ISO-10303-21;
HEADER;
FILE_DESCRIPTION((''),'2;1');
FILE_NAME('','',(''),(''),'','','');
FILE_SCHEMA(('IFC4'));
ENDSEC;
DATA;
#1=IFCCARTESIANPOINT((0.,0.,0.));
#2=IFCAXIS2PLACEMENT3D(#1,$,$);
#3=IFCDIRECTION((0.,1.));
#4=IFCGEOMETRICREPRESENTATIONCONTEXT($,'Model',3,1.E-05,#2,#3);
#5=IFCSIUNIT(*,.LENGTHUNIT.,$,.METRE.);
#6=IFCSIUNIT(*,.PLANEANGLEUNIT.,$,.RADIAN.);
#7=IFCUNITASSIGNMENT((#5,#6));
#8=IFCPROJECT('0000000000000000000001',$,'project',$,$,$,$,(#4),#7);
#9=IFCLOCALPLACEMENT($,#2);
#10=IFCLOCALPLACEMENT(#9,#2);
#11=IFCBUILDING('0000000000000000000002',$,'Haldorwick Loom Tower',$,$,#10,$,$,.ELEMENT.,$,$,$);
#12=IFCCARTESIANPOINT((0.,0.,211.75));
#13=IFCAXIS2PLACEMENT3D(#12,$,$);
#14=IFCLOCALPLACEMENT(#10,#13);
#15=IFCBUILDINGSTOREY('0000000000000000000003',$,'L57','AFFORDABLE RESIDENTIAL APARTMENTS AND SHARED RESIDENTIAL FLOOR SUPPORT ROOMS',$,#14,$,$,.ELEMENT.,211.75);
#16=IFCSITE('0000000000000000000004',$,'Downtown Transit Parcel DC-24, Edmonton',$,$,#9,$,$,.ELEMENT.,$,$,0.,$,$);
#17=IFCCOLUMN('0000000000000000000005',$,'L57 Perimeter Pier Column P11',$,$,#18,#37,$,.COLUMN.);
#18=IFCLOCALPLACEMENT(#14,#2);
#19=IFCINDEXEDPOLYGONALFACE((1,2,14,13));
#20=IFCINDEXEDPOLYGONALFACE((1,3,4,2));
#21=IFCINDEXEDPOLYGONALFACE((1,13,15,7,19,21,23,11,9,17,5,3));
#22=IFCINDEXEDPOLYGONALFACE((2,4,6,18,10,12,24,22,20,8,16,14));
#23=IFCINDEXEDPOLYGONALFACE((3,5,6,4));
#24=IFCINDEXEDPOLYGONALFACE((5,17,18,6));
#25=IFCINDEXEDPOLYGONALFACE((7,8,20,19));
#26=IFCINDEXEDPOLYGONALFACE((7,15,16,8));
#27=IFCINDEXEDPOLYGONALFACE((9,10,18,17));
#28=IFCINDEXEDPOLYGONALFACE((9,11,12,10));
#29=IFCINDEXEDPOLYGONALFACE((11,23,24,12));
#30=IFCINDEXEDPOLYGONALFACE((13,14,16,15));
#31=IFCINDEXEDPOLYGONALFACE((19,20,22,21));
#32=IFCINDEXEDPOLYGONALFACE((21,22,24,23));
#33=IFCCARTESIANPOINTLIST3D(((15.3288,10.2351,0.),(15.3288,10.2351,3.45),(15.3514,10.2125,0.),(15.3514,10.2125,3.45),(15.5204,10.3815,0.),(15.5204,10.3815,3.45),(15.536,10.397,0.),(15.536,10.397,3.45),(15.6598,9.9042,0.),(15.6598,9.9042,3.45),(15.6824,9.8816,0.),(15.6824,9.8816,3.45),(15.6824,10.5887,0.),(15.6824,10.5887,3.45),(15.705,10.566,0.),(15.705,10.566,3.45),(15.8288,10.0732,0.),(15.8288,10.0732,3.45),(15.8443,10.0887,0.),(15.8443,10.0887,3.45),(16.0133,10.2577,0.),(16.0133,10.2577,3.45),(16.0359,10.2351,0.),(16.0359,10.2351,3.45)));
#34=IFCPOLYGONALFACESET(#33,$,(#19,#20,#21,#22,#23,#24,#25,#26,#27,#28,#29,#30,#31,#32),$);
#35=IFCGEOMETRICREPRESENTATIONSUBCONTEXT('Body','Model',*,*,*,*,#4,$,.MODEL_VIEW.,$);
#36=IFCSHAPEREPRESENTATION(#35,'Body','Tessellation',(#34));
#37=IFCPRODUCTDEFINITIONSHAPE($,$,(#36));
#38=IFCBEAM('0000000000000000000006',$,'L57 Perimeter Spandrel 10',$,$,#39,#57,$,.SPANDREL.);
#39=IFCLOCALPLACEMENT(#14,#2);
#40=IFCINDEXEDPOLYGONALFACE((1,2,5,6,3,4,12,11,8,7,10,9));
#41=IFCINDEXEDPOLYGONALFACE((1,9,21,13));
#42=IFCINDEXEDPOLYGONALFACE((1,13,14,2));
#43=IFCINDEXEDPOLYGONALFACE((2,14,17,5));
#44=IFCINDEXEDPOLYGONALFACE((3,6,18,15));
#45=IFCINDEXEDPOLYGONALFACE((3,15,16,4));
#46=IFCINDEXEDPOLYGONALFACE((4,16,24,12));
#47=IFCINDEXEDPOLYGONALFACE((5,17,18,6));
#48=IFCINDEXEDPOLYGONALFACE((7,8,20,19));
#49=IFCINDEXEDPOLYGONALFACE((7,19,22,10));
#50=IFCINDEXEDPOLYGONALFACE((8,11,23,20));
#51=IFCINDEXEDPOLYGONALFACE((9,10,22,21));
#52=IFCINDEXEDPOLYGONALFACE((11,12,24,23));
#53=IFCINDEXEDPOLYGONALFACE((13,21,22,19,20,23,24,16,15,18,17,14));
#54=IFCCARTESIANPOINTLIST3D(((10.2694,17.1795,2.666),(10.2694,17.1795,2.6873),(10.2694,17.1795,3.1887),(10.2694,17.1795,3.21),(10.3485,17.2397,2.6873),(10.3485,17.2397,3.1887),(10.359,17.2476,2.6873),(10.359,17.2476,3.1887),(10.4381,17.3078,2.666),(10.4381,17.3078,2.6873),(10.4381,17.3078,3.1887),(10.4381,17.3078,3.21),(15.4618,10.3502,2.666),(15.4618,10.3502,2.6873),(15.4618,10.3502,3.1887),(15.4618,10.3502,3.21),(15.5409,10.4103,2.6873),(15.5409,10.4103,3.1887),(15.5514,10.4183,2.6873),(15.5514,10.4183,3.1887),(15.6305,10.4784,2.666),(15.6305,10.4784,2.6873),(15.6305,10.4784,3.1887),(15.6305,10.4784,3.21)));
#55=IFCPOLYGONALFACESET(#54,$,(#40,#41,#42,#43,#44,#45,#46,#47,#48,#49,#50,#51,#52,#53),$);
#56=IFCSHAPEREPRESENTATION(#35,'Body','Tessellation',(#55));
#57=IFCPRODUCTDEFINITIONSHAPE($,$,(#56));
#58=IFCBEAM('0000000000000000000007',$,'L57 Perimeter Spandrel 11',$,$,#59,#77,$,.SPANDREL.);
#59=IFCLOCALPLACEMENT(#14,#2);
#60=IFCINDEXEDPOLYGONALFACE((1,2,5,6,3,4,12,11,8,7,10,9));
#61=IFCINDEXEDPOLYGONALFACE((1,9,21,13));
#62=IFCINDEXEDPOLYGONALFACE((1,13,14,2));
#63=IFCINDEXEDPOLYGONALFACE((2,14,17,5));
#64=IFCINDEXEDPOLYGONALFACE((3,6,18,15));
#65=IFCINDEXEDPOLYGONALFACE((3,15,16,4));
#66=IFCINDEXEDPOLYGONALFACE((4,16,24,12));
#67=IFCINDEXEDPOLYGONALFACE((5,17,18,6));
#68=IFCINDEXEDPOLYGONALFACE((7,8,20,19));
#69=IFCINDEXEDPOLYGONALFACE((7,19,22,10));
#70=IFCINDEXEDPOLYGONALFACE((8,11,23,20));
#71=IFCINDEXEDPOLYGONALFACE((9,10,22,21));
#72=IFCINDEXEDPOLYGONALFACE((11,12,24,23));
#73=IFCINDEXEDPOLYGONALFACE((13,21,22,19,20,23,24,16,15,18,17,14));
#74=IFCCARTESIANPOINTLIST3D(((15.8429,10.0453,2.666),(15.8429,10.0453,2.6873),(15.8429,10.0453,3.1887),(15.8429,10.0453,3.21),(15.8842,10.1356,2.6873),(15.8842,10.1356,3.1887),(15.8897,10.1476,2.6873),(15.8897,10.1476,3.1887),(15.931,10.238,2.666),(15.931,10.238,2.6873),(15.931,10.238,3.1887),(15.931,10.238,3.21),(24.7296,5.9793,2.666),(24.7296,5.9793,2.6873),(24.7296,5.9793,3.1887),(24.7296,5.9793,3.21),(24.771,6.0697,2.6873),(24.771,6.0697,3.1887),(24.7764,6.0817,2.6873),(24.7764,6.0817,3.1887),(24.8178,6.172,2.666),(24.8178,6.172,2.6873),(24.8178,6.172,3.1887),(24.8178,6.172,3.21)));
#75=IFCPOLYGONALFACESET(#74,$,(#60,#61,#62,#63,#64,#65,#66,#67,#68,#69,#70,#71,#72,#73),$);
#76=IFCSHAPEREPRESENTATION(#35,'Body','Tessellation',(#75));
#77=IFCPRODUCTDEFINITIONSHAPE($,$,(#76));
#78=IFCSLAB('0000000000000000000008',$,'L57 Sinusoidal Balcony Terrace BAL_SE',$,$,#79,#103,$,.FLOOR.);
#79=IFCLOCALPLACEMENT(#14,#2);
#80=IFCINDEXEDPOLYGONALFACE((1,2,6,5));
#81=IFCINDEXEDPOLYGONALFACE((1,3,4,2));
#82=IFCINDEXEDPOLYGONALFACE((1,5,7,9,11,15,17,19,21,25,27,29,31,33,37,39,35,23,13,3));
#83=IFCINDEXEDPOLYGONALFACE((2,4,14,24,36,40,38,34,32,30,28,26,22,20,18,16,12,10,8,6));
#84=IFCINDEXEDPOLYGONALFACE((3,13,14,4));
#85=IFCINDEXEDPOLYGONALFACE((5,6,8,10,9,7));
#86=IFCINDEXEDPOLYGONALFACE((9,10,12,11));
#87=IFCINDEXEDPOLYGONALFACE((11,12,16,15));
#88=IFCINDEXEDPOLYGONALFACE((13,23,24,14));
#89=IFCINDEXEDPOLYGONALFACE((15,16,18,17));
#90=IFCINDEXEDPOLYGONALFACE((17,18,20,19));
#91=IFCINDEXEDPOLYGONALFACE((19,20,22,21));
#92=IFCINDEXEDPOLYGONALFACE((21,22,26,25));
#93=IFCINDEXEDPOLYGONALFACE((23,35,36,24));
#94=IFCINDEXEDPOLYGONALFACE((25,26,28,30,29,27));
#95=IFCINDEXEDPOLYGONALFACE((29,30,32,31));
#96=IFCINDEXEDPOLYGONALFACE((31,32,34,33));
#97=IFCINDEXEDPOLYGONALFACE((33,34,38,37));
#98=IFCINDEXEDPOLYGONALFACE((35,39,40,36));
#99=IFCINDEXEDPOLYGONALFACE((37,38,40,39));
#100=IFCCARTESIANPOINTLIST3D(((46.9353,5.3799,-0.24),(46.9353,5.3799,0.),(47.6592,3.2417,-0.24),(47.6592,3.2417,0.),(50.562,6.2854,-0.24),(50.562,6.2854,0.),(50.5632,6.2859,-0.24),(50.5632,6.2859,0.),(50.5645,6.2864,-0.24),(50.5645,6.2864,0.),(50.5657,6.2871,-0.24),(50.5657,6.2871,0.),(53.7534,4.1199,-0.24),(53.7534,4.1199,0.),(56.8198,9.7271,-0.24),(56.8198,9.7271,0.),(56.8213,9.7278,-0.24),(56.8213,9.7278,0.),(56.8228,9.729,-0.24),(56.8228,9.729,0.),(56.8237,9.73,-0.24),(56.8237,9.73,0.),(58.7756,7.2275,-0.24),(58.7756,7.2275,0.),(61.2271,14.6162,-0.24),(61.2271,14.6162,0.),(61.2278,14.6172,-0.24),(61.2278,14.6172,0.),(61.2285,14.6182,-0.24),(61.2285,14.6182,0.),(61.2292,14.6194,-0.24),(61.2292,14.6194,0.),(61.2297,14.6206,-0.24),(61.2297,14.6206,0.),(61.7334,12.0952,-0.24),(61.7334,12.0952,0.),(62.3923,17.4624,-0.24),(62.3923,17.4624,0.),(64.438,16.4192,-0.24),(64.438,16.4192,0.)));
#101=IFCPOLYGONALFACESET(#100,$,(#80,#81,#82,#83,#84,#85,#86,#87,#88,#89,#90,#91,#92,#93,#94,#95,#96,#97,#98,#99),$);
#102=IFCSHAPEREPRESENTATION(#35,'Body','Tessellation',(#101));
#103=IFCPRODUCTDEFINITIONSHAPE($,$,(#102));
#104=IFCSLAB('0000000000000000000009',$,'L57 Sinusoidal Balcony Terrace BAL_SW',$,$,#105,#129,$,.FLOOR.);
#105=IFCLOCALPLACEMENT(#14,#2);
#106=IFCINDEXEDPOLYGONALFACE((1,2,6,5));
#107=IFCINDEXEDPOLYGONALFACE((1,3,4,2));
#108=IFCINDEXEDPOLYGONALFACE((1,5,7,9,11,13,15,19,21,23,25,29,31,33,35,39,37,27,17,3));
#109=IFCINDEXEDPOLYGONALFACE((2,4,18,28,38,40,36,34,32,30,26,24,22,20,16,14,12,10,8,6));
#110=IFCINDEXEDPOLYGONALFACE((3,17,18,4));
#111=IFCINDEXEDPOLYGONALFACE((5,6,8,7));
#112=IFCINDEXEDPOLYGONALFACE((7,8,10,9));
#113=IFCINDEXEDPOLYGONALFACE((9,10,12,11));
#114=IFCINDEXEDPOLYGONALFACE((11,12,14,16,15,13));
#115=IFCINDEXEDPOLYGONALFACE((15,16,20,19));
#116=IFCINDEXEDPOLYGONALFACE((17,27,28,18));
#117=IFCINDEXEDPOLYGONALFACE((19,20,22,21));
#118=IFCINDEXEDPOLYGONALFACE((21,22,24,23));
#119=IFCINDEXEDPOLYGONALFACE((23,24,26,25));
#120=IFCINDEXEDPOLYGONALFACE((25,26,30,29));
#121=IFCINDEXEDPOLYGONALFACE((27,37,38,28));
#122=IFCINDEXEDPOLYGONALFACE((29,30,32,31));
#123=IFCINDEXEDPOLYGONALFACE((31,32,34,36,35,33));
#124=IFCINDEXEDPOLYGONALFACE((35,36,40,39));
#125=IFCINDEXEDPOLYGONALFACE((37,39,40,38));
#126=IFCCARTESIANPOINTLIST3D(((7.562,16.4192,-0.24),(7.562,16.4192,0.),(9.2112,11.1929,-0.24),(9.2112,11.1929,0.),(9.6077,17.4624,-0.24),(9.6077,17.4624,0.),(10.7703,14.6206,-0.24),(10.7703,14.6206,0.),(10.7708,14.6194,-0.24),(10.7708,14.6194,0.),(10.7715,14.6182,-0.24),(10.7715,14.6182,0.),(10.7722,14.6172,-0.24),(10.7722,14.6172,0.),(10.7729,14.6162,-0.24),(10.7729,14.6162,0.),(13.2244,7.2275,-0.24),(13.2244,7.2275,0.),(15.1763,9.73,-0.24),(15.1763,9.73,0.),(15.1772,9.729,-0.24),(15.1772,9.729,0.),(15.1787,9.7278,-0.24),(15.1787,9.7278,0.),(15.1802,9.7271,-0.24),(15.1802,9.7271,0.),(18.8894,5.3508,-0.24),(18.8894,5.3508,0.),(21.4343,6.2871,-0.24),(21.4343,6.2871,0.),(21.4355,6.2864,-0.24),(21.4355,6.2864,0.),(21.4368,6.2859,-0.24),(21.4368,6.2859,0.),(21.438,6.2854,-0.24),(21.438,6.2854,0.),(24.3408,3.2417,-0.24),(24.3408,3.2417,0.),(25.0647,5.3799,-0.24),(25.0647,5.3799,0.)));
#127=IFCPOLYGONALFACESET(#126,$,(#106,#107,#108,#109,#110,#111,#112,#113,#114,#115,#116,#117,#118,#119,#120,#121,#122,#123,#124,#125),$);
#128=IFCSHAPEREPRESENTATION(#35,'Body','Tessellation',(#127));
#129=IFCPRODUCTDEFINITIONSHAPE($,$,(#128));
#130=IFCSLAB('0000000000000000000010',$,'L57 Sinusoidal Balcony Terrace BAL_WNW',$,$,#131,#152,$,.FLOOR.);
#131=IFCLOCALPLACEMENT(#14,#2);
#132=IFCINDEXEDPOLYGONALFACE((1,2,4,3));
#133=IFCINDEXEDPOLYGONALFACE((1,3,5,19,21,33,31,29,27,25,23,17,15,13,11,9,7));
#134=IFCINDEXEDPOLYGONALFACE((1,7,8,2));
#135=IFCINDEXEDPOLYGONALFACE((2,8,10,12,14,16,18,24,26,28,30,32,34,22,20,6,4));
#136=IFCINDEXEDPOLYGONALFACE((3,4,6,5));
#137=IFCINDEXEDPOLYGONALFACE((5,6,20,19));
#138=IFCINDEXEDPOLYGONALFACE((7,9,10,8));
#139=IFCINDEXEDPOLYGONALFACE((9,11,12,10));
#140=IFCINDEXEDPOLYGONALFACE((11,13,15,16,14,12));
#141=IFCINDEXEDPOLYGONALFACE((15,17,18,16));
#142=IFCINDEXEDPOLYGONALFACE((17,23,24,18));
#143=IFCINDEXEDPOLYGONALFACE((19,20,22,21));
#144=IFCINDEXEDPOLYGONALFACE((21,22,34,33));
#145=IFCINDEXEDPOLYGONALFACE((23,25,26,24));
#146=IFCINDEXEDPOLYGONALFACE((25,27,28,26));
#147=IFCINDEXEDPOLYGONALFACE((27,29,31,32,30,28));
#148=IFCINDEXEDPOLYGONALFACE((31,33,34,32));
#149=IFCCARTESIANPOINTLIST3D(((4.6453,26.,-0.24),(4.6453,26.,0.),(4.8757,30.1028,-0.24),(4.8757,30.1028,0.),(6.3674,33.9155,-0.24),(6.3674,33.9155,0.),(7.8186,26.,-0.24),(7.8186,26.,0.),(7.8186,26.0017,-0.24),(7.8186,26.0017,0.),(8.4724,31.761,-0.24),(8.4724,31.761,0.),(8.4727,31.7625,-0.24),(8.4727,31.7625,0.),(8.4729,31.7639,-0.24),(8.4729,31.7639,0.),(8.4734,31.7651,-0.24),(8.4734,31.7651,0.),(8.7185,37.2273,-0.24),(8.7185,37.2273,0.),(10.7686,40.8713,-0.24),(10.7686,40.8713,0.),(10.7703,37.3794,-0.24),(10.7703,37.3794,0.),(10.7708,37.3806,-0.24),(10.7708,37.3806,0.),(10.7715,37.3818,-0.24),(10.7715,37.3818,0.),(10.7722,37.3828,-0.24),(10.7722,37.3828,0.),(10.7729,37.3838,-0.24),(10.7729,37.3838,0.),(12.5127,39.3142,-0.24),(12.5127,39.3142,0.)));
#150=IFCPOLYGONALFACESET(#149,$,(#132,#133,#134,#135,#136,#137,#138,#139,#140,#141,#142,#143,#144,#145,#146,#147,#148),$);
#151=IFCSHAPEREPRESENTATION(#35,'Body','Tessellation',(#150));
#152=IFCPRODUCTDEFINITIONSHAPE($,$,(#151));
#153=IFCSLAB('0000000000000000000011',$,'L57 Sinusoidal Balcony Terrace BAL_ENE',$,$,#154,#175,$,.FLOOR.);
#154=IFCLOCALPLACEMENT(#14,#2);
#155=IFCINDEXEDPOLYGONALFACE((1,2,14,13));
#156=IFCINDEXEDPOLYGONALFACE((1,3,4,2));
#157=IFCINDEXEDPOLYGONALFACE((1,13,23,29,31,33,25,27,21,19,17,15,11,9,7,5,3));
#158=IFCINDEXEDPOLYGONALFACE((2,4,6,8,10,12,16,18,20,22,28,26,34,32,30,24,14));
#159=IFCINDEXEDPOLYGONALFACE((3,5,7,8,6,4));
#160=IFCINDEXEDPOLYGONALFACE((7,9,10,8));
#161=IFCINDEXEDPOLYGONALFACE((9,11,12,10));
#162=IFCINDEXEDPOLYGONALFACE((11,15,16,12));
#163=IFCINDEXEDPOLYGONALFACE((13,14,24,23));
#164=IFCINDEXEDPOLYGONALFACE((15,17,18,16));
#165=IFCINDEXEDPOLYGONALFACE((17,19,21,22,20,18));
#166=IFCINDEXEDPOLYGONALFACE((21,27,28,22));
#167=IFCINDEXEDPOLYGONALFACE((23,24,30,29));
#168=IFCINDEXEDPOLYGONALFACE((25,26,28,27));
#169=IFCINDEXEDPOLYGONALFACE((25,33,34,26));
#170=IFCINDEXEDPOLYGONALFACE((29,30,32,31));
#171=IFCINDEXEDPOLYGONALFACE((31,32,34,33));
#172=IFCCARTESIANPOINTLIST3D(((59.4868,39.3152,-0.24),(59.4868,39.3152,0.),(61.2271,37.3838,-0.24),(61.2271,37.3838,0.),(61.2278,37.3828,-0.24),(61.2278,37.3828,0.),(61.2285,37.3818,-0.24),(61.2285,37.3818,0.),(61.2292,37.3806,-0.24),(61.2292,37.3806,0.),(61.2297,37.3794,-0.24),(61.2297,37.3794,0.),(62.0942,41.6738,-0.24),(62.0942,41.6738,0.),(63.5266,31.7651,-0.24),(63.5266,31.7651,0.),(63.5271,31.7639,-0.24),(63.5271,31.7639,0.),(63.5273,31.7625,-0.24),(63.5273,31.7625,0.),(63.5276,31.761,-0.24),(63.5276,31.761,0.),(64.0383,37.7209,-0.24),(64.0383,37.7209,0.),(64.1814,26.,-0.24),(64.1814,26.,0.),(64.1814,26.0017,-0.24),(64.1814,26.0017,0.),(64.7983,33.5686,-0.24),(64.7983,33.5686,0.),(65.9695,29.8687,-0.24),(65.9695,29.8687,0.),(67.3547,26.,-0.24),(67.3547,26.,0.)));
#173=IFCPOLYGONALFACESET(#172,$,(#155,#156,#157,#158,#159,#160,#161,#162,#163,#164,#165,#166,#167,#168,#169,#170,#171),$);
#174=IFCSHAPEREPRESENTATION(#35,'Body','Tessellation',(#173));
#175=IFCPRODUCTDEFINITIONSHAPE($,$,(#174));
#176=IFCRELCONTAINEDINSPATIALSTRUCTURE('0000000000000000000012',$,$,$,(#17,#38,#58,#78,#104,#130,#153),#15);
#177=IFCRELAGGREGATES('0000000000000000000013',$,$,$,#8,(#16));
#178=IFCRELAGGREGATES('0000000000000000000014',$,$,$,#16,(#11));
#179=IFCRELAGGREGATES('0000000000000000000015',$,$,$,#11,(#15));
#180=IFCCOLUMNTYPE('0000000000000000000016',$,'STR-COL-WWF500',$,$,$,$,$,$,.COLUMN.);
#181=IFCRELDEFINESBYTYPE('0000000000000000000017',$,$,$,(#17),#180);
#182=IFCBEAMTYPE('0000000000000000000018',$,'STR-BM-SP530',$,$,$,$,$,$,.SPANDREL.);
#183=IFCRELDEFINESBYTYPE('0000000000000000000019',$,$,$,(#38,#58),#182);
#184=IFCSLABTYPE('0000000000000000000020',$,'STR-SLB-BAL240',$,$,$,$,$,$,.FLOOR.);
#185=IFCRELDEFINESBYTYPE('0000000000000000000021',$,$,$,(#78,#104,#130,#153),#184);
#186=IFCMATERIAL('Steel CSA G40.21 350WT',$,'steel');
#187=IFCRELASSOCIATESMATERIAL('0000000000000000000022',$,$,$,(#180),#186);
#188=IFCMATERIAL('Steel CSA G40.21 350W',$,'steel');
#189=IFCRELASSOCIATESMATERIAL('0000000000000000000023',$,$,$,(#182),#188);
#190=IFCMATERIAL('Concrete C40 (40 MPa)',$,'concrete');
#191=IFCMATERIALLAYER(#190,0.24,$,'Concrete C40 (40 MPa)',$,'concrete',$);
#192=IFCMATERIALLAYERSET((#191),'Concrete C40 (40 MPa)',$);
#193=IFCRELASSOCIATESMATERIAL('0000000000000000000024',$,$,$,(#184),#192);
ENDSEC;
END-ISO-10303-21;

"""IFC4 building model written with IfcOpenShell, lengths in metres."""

from ifc_helpers import new_model, si_unit, direction, frame, origin, origin_2d, place, context, subcontext, project, spatial, polyline, i_section, outline, extrude, material, layer, layer_set, material_profile, profile_set, type_object, element, save


model = new_model("IFC4")

# Units and contexts
model_context = context("Model", 3, precision=1e-05, world=origin(), true_north=direction((0.0, 1.0)))
body_context = subcontext(model_context, "Body", "Model", "MODEL_VIEW")
ifc_project = project(units=[si_unit("LENGTHUNIT", "METRE"), si_unit("PLANEANGLEUNIT", "RADIAN")], contexts=[model_context])

# Site, building, storey
site_placement = place(None, origin())
site = spatial("IfcSite", under=ifc_project, at=site_placement, Name="Downtown Transit Parcel DC-24, Edmonton", CompositionType="ELEMENT", RefElevation=0.0)
building_placement = place(site_placement, origin())
building = spatial("IfcBuilding", under=site, at=building_placement, Name="Haldorwick Loom Tower", CompositionType="ELEMENT")
storey_placement = place(building_placement, frame((0.0, 0.0, 211.75)))
storey = spatial("IfcBuildingStorey", under=building, at=storey_placement, Name="L57", Description="AFFORDABLE RESIDENTIAL APARTMENTS AND SHARED RESIDENTIAL FLOOR SUPPORT ROOMS", CompositionType="ELEMENT", Elevation=211.75)

# Column
ifc_material_1 = material(Name="Steel CSA G40.21 350WT", Category="steel")
ifc_material_profile_1 = material_profile(ifc_material_1, i_section(OverallWidth=0.5, OverallDepth=0.5, WebThickness=0.022, FlangeThickness=0.032, at=origin_2d()), Name="WWF500X500", Category="steel")
ifc_profile_set_1 = profile_set([ifc_material_profile_1], Name="Steel CSA G40.21 350WT")
column_type = type_object("IfcColumnType", Name="STR-COL-WWF500", PredefinedType="COLUMN", material=ifc_profile_set_1)
column_placement = place(storey_placement, frame((15.6824, 10.2351, 0.0), z_axis=(0.0, 0.0, 1.0), x_axis=(-0.707107, -0.707107, 0.0)))
element("IfcColumn", 1, at=column_placement, inside=storey, type_object=column_type, Name="L57 Perimeter Pier Column P11", PredefinedType="COLUMN", context=body_context, shape_type="SweptSolid", body=[
    extrude(i_section(OverallWidth=0.5, OverallDepth=0.5, WebThickness=0.022, FlangeThickness=0.032, at=origin_2d()), origin(), (0.0, 0.0, 1.0), 3.45),
])

# Beams
ifc_material_2 = material(Name="Steel CSA G40.21 350W", Category="steel")
ifc_material_profile_2 = material_profile(ifc_material_2, i_section(OverallWidth=0.2119, OverallDepth=0.5439, WebThickness=0.0132, FlangeThickness=0.0212, at=origin_2d()), Name="W530X123", Category="steel")
ifc_profile_set_2 = profile_set([ifc_material_profile_2], Name="Steel CSA G40.21 350W")
beam_type = type_object("IfcBeamType", Name="STR-BM-SP530", PredefinedType="SPANDREL", material=ifc_profile_set_2)
beam_1_placement = place(storey_placement, frame((10.3538, 17.2437, 2.938), z_axis=(0.605237, -0.796045, 0.0), x_axis=(0.796045, 0.605237, 0.0)))
element("IfcBeam", 2, at=beam_1_placement, inside=storey, type_object=beam_type, Name="L57 Perimeter Spandrel 10", PredefinedType="SPANDREL", context=body_context, shape_type="SweptSolid", body=[
    extrude(i_section(OverallWidth=0.2119, OverallDepth=0.5439, WebThickness=0.0132, FlangeThickness=0.0212, at=origin_2d()), origin(), (0.0, 0.0, 1.0), 8.5791),
])
beam_2_placement = place(storey_placement, frame((15.887, 10.1416, 2.938), z_axis=(0.909342, -0.416049, 0.0), x_axis=(0.416049, 0.909342, 0.0)))
element("IfcBeam", 3, at=beam_2_placement, inside=storey, type_object=beam_type, Name="L57 Perimeter Spandrel 11", PredefinedType="SPANDREL", context=body_context, shape_type="SweptSolid", body=[
    extrude(i_section(OverallWidth=0.2119, OverallDepth=0.5439, WebThickness=0.0132, FlangeThickness=0.0212, at=origin_2d()), origin(), (0.0, 0.0, 1.0), 9.7727),
])

# Slabs
ifc_material_3 = material(Name="Concrete C40 (40 MPa)", Category="concrete")
ifc_layer_1 = layer(ifc_material_3, 0.24, Name="Concrete C40 (40 MPa)", Category="concrete")
ifc_layer_set_1 = layer_set([ifc_layer_1], Name="Concrete C40 (40 MPa)")
slab_type_1 = type_object("IfcSlabType", Name="STR-SLB-BAL240", PredefinedType="FLOOR", material=ifc_layer_set_1)
slab_1_placement = place(storey_placement, frame((0.0, 0.0, -0.24)))
element("IfcSlab", 4, at=slab_1_placement, inside=storey, type_object=slab_type_1, Name="L57 Sinusoidal Balcony Terrace BAL_SE", PredefinedType="FLOOR", context=body_context, shape_type="SweptSolid", body=[
    extrude(outline(polyline([(62.3923, 17.4624), (61.2297, 14.6206), (61.2292, 14.6194), (61.2285, 14.6182), (61.2278, 14.6172), (61.2271, 14.6162), (56.8237, 9.73), (56.8228, 9.729), (56.8213, 9.7278), (56.8198, 9.7271), (50.5657, 6.2871), (50.5645, 6.2864), (50.5632, 6.2859), (50.562, 6.2854), (46.9353, 5.3799), (47.6592, 3.2417), (53.7534, 4.1199), (58.7756, 7.2275), (61.7334, 12.0952), (64.438, 16.4192), (62.3923, 17.4624)])), origin(), (0.0, 0.0, 1.0), 0.24),
])
slab_2_placement = place(storey_placement, frame((0.0, 0.0, -0.24)))
element("IfcSlab", 5, at=slab_2_placement, inside=storey, type_object=slab_type_1, Name="L57 Sinusoidal Balcony Terrace BAL_SW", PredefinedType="FLOOR", context=body_context, shape_type="SweptSolid", body=[
    extrude(outline(polyline([(25.0647, 5.3799), (21.438, 6.2854), (21.4368, 6.2859), (21.4355, 6.2864), (21.4343, 6.2871), (15.1802, 9.7271), (15.1787, 9.7278), (15.1772, 9.729), (15.1763, 9.73), (10.7729, 14.6162), (10.7722, 14.6172), (10.7715, 14.6182), (10.7708, 14.6194), (10.7703, 14.6206), (9.6077, 17.4624), (7.562, 16.4192), (9.2112, 11.1929), (13.2244, 7.2275), (18.8894, 5.3508), (24.3408, 3.2417), (25.0647, 5.3799)])), origin(), (0.0, 0.0, 1.0), 0.24),
])
slab_3_placement = place(storey_placement, frame((0.0, 0.0, -0.24)))
element("IfcSlab", 6, at=slab_3_placement, inside=storey, type_object=slab_type_1, Name="L57 Sinusoidal Balcony Terrace BAL_WNW", PredefinedType="FLOOR", context=body_context, shape_type="SweptSolid", body=[
    extrude(outline(polyline([(7.8186, 26.0), (7.8186, 26.0017), (8.4724, 31.761), (8.4727, 31.7625), (8.4729, 31.7639), (8.4734, 31.7651), (10.7703, 37.3794), (10.7708, 37.3806), (10.7715, 37.3818), (10.7722, 37.3828), (10.7729, 37.3838), (12.5127, 39.3142), (10.7686, 40.8713), (8.7185, 37.2273), (6.3674, 33.9155), (4.8757, 30.1028), (4.6453, 26.0), (7.8186, 26.0)])), origin(), (0.0, 0.0, 1.0), 0.24),
])
slab_4_placement = place(storey_placement, frame((0.0, 0.0, -0.24)))
element("IfcSlab", 7, at=slab_4_placement, inside=storey, type_object=slab_type_1, Name="L57 Sinusoidal Balcony Terrace BAL_ENE", PredefinedType="FLOOR", context=body_context, shape_type="SweptSolid", body=[
    extrude(outline(polyline([(59.4868, 39.3152), (61.2271, 37.3838), (61.2278, 37.3828), (61.2285, 37.3818), (61.2292, 37.3806), (61.2297, 37.3794), (63.5266, 31.7651), (63.5271, 31.7639), (63.5273, 31.7625), (63.5276, 31.761), (64.1814, 26.0017), (64.1814, 26.0), (67.3547, 26.0), (65.9695, 29.8687), (64.7983, 33.5686), (64.0383, 37.7209), (62.0942, 41.6738), (59.4868, 39.3152)])), origin(), (0.0, 0.0, 1.0), 0.24),
])

save(model, "model.ifc")
